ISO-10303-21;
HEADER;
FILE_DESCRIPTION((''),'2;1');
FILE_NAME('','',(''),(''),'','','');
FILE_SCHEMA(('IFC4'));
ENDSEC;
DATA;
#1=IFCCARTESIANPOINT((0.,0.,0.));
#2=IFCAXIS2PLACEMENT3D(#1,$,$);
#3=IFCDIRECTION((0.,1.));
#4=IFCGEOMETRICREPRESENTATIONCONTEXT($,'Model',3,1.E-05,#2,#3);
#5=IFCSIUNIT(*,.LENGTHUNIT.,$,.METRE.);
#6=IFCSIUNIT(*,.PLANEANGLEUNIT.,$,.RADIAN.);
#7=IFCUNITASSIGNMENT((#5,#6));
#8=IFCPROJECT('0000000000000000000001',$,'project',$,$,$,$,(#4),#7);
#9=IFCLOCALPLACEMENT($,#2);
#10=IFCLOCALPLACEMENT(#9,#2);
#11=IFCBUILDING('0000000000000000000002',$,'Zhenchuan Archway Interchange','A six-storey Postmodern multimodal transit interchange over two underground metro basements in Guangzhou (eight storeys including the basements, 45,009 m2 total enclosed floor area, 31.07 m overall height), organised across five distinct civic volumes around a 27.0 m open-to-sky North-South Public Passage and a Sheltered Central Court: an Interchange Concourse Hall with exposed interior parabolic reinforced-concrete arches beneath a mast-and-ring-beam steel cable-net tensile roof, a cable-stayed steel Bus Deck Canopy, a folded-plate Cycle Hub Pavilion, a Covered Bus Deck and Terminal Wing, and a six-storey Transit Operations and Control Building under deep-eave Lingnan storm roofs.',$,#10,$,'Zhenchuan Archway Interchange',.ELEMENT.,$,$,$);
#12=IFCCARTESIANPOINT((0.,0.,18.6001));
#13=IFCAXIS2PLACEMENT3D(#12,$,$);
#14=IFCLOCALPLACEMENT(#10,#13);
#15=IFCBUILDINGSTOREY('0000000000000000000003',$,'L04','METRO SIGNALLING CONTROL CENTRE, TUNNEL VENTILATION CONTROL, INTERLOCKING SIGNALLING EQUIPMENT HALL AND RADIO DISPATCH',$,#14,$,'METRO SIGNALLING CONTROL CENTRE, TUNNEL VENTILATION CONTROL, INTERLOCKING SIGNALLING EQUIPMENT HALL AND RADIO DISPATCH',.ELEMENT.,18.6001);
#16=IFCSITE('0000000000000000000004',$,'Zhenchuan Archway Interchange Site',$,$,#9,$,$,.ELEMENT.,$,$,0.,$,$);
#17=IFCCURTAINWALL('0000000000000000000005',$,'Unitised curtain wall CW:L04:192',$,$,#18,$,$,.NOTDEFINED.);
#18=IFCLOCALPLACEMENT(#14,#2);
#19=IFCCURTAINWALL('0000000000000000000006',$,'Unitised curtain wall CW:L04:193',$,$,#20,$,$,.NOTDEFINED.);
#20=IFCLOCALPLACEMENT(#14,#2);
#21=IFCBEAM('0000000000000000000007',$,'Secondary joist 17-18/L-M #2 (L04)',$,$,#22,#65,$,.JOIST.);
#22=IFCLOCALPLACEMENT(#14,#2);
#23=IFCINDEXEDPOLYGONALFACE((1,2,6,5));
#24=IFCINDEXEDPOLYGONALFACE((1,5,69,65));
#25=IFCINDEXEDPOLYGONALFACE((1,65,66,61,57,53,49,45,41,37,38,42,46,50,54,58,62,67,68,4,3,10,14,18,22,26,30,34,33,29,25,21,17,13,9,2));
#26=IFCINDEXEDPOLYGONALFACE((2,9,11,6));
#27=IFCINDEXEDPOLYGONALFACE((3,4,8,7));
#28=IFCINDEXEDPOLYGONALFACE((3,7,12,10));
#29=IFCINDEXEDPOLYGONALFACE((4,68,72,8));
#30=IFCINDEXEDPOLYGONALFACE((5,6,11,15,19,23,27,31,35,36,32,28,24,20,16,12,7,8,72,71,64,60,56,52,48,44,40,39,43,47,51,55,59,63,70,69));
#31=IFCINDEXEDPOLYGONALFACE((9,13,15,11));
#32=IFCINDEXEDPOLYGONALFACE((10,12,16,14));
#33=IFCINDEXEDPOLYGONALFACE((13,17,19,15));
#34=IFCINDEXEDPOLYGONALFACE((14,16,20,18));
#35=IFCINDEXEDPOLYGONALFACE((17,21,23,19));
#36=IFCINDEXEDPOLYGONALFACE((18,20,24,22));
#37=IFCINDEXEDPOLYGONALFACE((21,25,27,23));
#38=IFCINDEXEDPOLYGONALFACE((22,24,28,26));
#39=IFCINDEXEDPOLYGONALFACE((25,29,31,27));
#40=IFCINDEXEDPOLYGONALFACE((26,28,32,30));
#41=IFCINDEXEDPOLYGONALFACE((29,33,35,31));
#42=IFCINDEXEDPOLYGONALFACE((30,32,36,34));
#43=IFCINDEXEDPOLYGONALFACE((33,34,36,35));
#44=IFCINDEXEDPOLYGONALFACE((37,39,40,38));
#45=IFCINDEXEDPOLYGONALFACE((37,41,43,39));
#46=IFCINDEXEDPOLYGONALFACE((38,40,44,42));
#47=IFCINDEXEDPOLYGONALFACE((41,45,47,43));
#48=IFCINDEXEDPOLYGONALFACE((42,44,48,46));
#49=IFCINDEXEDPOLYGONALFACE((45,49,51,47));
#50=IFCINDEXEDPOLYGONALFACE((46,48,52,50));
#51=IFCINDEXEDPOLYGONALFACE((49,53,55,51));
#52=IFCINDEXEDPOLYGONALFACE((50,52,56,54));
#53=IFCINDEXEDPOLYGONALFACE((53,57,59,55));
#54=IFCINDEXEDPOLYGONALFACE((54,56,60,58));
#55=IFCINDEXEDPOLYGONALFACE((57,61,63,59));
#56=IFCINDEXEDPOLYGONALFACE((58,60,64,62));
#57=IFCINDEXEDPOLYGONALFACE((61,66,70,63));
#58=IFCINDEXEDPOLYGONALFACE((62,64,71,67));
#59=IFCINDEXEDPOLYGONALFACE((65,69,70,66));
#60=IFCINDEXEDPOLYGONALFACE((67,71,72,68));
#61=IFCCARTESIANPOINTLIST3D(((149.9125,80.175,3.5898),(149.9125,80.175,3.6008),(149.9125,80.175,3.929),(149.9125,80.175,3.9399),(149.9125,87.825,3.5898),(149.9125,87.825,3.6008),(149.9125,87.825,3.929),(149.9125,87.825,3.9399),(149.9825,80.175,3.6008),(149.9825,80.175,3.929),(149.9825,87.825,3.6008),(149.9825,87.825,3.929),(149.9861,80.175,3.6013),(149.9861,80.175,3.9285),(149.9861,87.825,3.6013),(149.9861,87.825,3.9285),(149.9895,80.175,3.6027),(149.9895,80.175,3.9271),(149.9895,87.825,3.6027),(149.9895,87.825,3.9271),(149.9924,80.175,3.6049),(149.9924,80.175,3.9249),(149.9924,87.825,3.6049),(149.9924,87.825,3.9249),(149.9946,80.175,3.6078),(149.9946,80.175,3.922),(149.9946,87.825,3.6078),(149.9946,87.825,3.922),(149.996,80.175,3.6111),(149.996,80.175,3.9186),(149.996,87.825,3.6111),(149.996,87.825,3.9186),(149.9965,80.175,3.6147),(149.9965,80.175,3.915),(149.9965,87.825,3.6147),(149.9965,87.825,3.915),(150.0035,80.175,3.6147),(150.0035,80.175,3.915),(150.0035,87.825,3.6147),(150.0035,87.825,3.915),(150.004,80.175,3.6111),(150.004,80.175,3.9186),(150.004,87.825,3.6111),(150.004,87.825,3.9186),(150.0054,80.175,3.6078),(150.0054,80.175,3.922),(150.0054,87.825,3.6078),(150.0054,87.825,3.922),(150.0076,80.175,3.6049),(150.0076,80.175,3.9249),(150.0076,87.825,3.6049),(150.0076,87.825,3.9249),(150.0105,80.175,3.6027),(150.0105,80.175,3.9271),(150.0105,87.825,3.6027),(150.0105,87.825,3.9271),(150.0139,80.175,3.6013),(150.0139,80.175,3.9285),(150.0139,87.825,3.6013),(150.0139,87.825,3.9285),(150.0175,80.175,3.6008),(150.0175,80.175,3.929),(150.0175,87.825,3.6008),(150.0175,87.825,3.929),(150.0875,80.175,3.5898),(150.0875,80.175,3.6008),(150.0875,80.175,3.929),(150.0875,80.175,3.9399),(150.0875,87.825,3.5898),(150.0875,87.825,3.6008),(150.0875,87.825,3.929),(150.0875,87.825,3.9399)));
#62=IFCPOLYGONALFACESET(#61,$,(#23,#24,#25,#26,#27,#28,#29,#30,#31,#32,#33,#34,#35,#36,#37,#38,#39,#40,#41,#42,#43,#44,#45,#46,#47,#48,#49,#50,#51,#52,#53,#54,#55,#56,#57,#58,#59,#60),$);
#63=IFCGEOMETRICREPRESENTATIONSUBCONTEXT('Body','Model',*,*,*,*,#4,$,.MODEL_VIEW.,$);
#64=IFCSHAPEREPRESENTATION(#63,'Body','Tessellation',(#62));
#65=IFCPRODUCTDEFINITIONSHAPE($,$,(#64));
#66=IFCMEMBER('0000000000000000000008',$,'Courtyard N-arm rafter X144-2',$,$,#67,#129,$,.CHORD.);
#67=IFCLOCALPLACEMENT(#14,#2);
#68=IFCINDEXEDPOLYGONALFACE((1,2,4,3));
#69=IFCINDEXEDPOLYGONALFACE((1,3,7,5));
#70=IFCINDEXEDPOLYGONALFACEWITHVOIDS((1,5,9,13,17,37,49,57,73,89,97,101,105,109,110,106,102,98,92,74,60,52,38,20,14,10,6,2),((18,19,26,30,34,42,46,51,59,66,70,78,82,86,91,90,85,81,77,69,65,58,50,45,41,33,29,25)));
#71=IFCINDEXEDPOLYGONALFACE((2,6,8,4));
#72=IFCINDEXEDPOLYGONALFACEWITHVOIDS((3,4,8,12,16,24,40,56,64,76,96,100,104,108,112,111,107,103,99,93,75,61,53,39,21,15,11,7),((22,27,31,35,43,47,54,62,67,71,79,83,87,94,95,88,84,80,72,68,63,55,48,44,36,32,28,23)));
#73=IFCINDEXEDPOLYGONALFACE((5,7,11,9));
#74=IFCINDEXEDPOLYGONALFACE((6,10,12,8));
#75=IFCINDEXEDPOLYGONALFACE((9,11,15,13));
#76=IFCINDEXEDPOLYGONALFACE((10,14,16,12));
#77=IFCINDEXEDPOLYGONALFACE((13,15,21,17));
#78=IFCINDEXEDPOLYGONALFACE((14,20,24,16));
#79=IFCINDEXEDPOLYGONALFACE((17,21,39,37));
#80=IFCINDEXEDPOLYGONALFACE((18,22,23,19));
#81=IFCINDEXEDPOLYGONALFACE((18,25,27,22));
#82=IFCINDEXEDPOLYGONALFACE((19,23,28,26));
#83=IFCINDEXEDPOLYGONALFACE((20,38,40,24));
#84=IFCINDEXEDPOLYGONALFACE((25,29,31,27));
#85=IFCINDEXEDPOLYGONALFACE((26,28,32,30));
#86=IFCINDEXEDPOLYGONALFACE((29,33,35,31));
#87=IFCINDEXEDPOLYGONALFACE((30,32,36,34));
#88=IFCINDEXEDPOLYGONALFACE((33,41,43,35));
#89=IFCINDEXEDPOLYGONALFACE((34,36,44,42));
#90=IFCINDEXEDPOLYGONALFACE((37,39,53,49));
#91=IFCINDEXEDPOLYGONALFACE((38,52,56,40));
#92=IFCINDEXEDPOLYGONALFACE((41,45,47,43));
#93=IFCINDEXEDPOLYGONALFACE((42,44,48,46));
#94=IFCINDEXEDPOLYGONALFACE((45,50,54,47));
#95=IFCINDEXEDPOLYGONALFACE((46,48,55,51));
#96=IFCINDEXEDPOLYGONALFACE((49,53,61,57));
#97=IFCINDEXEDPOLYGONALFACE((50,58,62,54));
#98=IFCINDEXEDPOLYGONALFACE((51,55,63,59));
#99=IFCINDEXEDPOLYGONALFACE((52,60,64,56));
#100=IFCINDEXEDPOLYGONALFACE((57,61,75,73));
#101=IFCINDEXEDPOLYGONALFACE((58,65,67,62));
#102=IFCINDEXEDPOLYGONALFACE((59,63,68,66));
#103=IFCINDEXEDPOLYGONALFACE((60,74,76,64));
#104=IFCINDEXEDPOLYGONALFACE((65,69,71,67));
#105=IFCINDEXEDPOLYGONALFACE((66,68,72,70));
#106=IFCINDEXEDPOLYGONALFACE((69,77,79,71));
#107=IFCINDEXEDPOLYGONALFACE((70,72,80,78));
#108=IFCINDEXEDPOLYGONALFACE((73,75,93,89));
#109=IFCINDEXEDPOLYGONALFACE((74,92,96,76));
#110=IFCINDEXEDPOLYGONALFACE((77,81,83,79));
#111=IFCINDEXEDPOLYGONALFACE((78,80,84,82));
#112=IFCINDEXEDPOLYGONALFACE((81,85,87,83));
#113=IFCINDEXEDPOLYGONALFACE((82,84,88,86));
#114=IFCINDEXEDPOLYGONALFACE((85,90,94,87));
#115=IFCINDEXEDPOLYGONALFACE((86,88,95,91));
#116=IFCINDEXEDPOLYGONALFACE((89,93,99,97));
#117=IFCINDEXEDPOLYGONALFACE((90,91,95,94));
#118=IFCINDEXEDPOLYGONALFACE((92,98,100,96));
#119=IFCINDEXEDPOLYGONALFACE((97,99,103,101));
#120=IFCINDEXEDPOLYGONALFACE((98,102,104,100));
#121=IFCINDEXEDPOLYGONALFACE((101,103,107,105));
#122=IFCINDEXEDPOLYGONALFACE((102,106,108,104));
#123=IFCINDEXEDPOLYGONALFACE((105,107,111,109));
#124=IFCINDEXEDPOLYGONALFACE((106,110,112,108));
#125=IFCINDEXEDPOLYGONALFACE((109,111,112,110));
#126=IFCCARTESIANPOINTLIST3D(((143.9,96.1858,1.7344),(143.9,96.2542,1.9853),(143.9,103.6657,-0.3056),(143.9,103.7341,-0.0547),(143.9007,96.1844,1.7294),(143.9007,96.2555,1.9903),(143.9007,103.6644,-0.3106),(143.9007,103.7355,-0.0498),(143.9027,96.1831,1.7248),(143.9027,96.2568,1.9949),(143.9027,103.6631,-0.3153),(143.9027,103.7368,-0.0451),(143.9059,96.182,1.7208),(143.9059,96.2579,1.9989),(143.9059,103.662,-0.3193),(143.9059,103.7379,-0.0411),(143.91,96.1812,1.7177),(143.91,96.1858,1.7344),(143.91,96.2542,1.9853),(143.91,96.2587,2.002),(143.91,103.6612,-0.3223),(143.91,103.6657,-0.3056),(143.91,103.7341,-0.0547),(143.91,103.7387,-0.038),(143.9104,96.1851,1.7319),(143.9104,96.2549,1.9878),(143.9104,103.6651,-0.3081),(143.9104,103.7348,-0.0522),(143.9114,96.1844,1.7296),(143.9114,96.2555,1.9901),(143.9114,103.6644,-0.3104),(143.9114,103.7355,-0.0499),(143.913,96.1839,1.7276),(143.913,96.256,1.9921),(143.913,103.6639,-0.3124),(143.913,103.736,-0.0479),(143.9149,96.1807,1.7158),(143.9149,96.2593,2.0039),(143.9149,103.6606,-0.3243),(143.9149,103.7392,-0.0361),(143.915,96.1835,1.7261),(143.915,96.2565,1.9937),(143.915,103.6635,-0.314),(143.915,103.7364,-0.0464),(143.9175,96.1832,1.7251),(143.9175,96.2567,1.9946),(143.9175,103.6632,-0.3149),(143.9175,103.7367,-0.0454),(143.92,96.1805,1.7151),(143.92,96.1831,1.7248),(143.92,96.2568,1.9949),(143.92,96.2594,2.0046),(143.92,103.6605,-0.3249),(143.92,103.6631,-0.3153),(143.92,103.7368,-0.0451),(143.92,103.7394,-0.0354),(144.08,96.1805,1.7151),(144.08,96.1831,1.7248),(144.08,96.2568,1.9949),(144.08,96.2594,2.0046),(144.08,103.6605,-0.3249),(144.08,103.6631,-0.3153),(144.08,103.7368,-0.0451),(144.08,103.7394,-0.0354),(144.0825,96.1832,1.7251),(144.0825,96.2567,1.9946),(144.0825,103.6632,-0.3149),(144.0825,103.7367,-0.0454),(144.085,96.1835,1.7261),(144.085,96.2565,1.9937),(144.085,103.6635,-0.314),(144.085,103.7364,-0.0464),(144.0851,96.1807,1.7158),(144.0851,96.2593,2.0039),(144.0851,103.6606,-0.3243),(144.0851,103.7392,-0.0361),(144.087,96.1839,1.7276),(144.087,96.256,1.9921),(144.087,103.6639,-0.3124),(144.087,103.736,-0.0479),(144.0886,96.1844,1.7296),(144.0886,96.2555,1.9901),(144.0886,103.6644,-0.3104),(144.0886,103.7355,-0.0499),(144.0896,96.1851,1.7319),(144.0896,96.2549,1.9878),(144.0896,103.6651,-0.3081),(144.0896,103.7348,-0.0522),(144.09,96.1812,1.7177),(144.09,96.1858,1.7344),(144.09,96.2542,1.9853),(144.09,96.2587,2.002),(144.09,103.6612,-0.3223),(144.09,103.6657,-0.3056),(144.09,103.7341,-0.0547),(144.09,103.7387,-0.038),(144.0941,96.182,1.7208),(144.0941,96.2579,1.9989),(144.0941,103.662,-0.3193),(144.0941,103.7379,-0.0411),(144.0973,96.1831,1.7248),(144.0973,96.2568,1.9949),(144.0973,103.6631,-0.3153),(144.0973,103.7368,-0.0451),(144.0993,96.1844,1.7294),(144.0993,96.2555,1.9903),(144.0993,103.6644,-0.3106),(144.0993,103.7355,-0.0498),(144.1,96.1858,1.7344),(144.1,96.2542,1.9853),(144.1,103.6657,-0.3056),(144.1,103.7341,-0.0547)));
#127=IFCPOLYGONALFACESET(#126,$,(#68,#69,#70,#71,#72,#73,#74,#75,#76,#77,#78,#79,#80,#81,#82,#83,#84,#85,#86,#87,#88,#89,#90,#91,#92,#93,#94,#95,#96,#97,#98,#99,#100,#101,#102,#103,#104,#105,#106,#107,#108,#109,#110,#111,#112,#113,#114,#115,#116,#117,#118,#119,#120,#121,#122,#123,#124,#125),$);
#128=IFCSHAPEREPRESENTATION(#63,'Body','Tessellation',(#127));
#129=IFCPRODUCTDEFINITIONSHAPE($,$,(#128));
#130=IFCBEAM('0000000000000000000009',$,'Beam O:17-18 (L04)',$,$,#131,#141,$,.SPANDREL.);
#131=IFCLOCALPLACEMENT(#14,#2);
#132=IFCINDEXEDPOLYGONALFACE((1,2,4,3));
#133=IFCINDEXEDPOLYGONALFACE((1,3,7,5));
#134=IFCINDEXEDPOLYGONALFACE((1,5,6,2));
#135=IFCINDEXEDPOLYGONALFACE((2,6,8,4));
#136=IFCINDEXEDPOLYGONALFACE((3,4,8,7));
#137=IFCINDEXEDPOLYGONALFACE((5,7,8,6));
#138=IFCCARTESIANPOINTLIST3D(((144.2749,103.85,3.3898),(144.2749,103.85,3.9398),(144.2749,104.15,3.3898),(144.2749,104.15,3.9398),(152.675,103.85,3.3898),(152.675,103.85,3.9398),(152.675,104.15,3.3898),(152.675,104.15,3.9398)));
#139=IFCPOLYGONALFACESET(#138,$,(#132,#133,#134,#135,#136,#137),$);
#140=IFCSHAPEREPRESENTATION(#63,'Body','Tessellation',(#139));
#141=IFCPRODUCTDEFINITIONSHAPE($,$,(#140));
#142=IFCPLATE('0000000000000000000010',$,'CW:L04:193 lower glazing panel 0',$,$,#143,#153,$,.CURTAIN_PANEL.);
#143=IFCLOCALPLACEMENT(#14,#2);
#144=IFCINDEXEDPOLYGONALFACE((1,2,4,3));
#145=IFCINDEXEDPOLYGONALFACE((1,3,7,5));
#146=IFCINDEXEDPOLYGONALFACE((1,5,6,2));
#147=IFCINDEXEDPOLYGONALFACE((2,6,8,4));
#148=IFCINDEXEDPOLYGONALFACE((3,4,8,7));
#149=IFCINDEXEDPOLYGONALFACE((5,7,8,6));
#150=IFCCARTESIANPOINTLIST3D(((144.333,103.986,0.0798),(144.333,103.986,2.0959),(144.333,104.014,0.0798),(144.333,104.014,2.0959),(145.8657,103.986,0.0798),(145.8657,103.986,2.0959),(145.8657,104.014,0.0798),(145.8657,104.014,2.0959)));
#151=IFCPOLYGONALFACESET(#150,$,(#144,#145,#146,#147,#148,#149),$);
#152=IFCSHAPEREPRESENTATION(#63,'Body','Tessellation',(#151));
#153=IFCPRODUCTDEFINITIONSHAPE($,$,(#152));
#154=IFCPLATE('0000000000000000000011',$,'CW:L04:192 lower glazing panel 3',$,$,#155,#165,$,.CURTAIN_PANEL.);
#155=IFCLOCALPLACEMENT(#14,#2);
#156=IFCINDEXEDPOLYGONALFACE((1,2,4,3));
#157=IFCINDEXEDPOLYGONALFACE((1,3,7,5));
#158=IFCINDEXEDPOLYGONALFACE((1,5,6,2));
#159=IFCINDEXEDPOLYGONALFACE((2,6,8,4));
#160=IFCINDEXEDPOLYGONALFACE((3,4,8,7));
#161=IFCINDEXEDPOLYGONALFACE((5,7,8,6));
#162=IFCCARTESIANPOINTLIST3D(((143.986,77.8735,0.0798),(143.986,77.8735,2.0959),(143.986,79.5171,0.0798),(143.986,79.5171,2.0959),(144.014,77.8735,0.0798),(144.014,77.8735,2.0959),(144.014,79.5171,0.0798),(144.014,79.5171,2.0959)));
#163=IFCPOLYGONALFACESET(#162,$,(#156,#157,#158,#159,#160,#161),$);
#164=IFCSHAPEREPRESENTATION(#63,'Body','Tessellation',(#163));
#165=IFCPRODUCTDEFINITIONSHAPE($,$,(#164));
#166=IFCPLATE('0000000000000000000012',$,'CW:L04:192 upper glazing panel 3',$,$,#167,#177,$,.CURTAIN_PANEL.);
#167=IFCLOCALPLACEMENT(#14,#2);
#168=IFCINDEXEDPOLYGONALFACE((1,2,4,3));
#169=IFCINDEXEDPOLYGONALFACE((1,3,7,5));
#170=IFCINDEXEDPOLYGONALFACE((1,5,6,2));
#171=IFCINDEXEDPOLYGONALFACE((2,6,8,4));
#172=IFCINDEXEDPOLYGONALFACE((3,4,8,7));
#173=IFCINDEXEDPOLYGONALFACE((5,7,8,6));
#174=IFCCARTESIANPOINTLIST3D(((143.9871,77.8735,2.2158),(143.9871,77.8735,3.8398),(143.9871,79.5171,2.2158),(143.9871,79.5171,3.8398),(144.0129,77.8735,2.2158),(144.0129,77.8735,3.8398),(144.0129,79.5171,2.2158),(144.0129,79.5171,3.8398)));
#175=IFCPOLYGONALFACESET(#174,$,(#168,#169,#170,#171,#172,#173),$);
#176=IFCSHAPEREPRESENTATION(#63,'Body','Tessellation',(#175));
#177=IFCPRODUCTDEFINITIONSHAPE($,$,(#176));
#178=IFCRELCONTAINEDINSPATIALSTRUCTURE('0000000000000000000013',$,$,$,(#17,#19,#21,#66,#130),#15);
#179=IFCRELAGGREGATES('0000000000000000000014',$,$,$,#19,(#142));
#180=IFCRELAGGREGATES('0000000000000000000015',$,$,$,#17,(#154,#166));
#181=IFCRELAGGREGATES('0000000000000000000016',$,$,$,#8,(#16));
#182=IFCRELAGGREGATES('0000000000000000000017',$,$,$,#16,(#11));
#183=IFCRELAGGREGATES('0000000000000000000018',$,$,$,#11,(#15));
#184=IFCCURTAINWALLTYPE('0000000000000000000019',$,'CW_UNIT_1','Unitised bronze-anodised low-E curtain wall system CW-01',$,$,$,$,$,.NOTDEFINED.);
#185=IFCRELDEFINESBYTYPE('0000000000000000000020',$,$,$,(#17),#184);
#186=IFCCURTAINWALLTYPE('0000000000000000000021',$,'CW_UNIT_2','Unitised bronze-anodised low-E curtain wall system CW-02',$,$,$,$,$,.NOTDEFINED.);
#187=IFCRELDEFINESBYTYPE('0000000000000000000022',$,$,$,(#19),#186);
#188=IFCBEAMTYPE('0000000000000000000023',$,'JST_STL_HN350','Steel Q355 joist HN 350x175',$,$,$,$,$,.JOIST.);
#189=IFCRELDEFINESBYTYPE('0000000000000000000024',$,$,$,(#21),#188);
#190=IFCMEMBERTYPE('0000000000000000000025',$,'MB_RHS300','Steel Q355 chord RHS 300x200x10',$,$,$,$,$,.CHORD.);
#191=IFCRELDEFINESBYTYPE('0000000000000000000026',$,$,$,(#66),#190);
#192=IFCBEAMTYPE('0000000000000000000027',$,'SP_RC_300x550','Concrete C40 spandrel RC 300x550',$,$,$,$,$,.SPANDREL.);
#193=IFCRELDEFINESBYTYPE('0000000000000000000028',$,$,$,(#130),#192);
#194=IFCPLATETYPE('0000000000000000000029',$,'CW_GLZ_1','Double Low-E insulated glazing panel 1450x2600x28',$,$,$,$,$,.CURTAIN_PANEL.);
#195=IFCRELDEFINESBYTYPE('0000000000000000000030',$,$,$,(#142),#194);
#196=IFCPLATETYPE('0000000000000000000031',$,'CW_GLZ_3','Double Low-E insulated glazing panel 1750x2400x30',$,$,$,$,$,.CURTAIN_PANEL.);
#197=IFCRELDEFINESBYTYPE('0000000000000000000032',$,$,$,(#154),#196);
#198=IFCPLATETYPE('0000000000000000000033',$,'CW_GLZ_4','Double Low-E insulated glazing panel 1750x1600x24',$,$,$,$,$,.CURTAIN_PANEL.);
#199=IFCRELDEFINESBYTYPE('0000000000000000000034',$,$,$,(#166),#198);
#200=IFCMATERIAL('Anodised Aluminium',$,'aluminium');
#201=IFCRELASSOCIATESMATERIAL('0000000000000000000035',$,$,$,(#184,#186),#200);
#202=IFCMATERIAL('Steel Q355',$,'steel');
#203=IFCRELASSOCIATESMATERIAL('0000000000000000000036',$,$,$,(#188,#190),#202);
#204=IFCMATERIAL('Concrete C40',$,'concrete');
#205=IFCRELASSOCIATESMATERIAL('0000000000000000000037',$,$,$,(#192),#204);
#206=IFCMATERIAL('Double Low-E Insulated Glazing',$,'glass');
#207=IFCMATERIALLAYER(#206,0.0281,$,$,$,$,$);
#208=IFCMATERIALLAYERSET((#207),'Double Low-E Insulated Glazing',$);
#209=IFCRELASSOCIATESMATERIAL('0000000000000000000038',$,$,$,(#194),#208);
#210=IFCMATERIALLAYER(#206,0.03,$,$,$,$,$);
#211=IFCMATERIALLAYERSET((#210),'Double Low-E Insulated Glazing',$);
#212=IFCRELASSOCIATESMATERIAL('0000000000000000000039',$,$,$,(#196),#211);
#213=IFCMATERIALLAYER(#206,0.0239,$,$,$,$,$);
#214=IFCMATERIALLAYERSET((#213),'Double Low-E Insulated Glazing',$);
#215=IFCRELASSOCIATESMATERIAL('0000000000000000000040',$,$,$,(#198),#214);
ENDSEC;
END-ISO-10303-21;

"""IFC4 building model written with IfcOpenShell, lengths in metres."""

from ifc_helpers import new_model, si_unit, direction, frame, origin, origin_2d, place, context, subcontext, project, spatial, rectangle, hollow_rectangle, i_section, extrude, material, layer, layer_set, material_profile, profile_set, type_object, element, aggregate, save


model = new_model("IFC4")

# Units and contexts
model_context = context("Model", 3, precision=1e-05, world=origin(), true_north=direction((0.0, 1.0)))
body_context = subcontext(model_context, "Body", "Model", "MODEL_VIEW")
ifc_project = project(units=[si_unit("LENGTHUNIT", "METRE"), si_unit("PLANEANGLEUNIT", "RADIAN")], contexts=[model_context])

# Site, building, storey
site_placement = place(None, origin())
site = spatial("IfcSite", under=ifc_project, at=site_placement, Name="Zhenchuan Archway Interchange Site", CompositionType="ELEMENT", RefElevation=0.0)
building_placement = place(site_placement, origin())
building = spatial("IfcBuilding", under=site, at=building_placement, Name="Zhenchuan Archway Interchange", Description="A six-storey Postmodern multimodal transit interchange over two underground metro basements in Guangzhou (eight storeys including the basements, 45,009 m2 total enclosed floor area, 31.07 m overall height), organised across five distinct civic volumes around a 27.0 m open-to-sky North-South Public Passage and a Sheltered Central Court: an Interchange Concourse Hall with exposed interior parabolic reinforced-concrete arches beneath a mast-and-ring-beam steel cable-net tensile roof, a cable-stayed steel Bus Deck Canopy, a folded-plate Cycle Hub Pavilion, a Covered Bus Deck and Terminal Wing, and a six-storey Transit Operations and Control Building under deep-eave Lingnan storm roofs.", LongName="Zhenchuan Archway Interchange", CompositionType="ELEMENT")
storey_placement = place(building_placement, frame((0.0, 0.0, 18.6001)))
storey = spatial("IfcBuildingStorey", under=building, at=storey_placement, Name="L04", Description="METRO SIGNALLING CONTROL CENTRE, TUNNEL VENTILATION CONTROL, INTERLOCKING SIGNALLING EQUIPMENT HALL AND RADIO DISPATCH", LongName="METRO SIGNALLING CONTROL CENTRE, TUNNEL VENTILATION CONTROL, INTERLOCKING SIGNALLING EQUIPMENT HALL AND RADIO DISPATCH", CompositionType="ELEMENT", Elevation=18.6001)

# Shared definitions
ifc_material_1 = material(Name="Concrete C40", Category="concrete")

# Curtain walls
ifc_material_2 = material(Name="Anodised Aluminium", Category="aluminium")
curtain_wall_type_1 = type_object("IfcCurtainWallType", Name="CW_UNIT_1", Description="Unitised bronze-anodised low-E curtain wall system CW-01", PredefinedType="NOTDEFINED", material=ifc_material_2)
curtain_wall_1_placement = place(storey_placement, origin())
curtain_wall_1 = element("IfcCurtainWall", 1, at=curtain_wall_1_placement, inside=storey, type_object=curtain_wall_type_1, Name="Unitised curtain wall CW:L04:192", PredefinedType="NOTDEFINED")
curtain_wall_type_2 = type_object("IfcCurtainWallType", Name="CW_UNIT_2", Description="Unitised bronze-anodised low-E curtain wall system CW-02", PredefinedType="NOTDEFINED", material=ifc_material_2)
curtain_wall_2_placement = place(storey_placement, origin())
curtain_wall_2 = element("IfcCurtainWall", 2, at=curtain_wall_2_placement, inside=storey, type_object=curtain_wall_type_2, Name="Unitised curtain wall CW:L04:193", PredefinedType="NOTDEFINED")

# Beam
ifc_material_3 = material(Name="Steel Q355", Category="steel")
ifc_material_profile_1 = material_profile(ifc_material_3, i_section(OverallWidth=0.175, OverallDepth=0.3501, WebThickness=0.0071, FlangeThickness=0.011, FilletRadius=0.0139, at=origin_2d()), Name="HN 350x175")
ifc_profile_set_1 = profile_set([ifc_material_profile_1], Name="Steel Q355")
beam_type_1 = type_object("IfcBeamType", Name="JST_STL_HN350", Description="Steel Q355 joist HN 350x175", PredefinedType="JOIST", material=ifc_profile_set_1)
for number, where, z_axis, x_axis, name in (
    (3, (150.0, 80.175, 3.7649), (0.0, 1.0, 0.0), (-1.0, 0.0, 0.0), "Secondary joist 17-18/L-M #2 (L04)"),
):
    element("IfcBeam", number, at=place(storey_placement, frame(where, z_axis=z_axis, x_axis=x_axis)), inside=storey, type_object=beam_type_1, Name=name, PredefinedType="JOIST", context=body_context, shape_type="SweptSolid", body=[
        extrude(i_section(OverallWidth=0.175, OverallDepth=0.3501, WebThickness=0.0071, FlangeThickness=0.011, FilletRadius=0.0139, at=origin_2d()), origin(), (0.0, 0.0, 1.0), 7.6499),
    ])

# Member
ifc_material_profile_2 = material_profile(ifc_material_3, hollow_rectangle(XDim=0.2, YDim=0.3, WallThickness=0.01, InnerFilletRadius=0.01, OuterFilletRadius=0.02, at=origin_2d()), Name="RHS 300x200x10")
ifc_profile_set_2 = profile_set([ifc_material_profile_2], Name="Steel Q355")
member_type_1 = type_object("IfcMemberType", Name="MB_RHS300", Description="Steel Q355 chord RHS 300x200x10", PredefinedType="CHORD", material=ifc_profile_set_2)
member_1_placement = place(storey_placement, frame((144.0, 96.22, 1.8599), z_axis=(0.0, 0.964762, -0.263123), x_axis=(-1.0, 0.0, 0.0)))
element("IfcMember", 4, at=member_1_placement, inside=storey, type_object=member_type_1, Name="Courtyard N-arm rafter X144-2", PredefinedType="CHORD", context=body_context, shape_type="SweptSolid", body=[
    extrude(hollow_rectangle(XDim=0.2, YDim=0.3, WallThickness=0.01, InnerFilletRadius=0.01, OuterFilletRadius=0.02, at=origin_2d()), origin(), (0.0, 0.0, 1.0), 7.7532),
])

# Beam
ifc_material_profile_3 = material_profile(ifc_material_1, rectangle(XDim=0.3, YDim=0.55, at=origin_2d()), Name="RC 300x550")
ifc_profile_set_3 = profile_set([ifc_material_profile_3], Name="Concrete C40")
beam_type_2 = type_object("IfcBeamType", Name="SP_RC_300x550", Description="Concrete C40 spandrel RC 300x550", PredefinedType="SPANDREL", material=ifc_profile_set_3)
beam_placement = place(storey_placement, frame((144.2749, 104.0, 3.6648), z_axis=(1.0, 0.0, 0.0), x_axis=(0.0, 1.0, 0.0)))
element("IfcBeam", 5, at=beam_placement, inside=storey, type_object=beam_type_2, Name="Beam O:17-18 (L04)", PredefinedType="SPANDREL", context=body_context, shape_type="SweptSolid", body=[
    extrude(rectangle(XDim=0.3, YDim=0.55, at=origin_2d()), origin(), (0.0, 0.0, 1.0), 8.4001),
])

# Plates
ifc_material_4 = material(Name="Double Low-E Insulated Glazing", Category="glass")
ifc_layer_1 = layer(ifc_material_4, 0.0281)
ifc_layer_set_1 = layer_set([ifc_layer_1], Name="Double Low-E Insulated Glazing")
plate_type_1 = type_object("IfcPlateType", Name="CW_GLZ_1", Description="Double Low-E insulated glazing panel 1450x2600x28", PredefinedType="CURTAIN_PANEL", material=ifc_layer_set_1)
plate_1_placement = place(storey_placement, frame((145.0994, 104.0, 0.0798), z_axis=(0.0, 0.0, 1.0), x_axis=(1.0, 0.0, 0.0)))
plate_1 = element("IfcPlate", 6, at=plate_1_placement, type_object=plate_type_1, Name="CW:L04:193 lower glazing panel 0", PredefinedType="CURTAIN_PANEL", context=body_context, shape_type="SweptSolid", body=[
    extrude(rectangle(XDim=1.5327, YDim=0.0281, at=origin_2d()), origin(), (0.0, 0.0, 1.0), 2.0161),
])
aggregate(curtain_wall_2, [plate_1])
ifc_layer_2 = layer(ifc_material_4, 0.03)
ifc_layer_set_2 = layer_set([ifc_layer_2], Name="Double Low-E Insulated Glazing")
plate_type_2 = type_object("IfcPlateType", Name="CW_GLZ_3", Description="Double Low-E insulated glazing panel 1750x2400x30", PredefinedType="CURTAIN_PANEL", material=ifc_layer_set_2)
plate_2_placement = place(storey_placement, frame((144.0, 78.6953, 0.0798), z_axis=(0.0, 0.0, 1.0), x_axis=(0.0, 1.0, 0.0)))
plate_2 = element("IfcPlate", 7, at=plate_2_placement, type_object=plate_type_2, Name="CW:L04:192 lower glazing panel 3", PredefinedType="CURTAIN_PANEL", context=body_context, shape_type="SweptSolid", body=[
    extrude(rectangle(XDim=1.6436, YDim=0.0281, at=origin_2d()), origin(), (0.0, 0.0, 1.0), 2.0161),
])
ifc_layer_3 = layer(ifc_material_4, 0.0239)
ifc_layer_set_3 = layer_set([ifc_layer_3], Name="Double Low-E Insulated Glazing")
plate_type_3 = type_object("IfcPlateType", Name="CW_GLZ_4", Description="Double Low-E insulated glazing panel 1750x1600x24", PredefinedType="CURTAIN_PANEL", material=ifc_layer_set_3)
plate_3_placement = place(storey_placement, frame((144.0, 78.6953, 2.2158), z_axis=(0.0, 0.0, 1.0), x_axis=(0.0, 1.0, 0.0)))
plate_3 = element("IfcPlate", 8, at=plate_3_placement, type_object=plate_type_3, Name="CW:L04:192 upper glazing panel 3", PredefinedType="CURTAIN_PANEL", context=body_context, shape_type="SweptSolid", body=[
    extrude(rectangle(XDim=1.6436, YDim=0.0259, at=origin_2d()), origin(), (0.0, 0.0, 1.0), 1.624),
])
aggregate(curtain_wall_1, [plate_2, plate_3])

save(model, "model.ifc")
